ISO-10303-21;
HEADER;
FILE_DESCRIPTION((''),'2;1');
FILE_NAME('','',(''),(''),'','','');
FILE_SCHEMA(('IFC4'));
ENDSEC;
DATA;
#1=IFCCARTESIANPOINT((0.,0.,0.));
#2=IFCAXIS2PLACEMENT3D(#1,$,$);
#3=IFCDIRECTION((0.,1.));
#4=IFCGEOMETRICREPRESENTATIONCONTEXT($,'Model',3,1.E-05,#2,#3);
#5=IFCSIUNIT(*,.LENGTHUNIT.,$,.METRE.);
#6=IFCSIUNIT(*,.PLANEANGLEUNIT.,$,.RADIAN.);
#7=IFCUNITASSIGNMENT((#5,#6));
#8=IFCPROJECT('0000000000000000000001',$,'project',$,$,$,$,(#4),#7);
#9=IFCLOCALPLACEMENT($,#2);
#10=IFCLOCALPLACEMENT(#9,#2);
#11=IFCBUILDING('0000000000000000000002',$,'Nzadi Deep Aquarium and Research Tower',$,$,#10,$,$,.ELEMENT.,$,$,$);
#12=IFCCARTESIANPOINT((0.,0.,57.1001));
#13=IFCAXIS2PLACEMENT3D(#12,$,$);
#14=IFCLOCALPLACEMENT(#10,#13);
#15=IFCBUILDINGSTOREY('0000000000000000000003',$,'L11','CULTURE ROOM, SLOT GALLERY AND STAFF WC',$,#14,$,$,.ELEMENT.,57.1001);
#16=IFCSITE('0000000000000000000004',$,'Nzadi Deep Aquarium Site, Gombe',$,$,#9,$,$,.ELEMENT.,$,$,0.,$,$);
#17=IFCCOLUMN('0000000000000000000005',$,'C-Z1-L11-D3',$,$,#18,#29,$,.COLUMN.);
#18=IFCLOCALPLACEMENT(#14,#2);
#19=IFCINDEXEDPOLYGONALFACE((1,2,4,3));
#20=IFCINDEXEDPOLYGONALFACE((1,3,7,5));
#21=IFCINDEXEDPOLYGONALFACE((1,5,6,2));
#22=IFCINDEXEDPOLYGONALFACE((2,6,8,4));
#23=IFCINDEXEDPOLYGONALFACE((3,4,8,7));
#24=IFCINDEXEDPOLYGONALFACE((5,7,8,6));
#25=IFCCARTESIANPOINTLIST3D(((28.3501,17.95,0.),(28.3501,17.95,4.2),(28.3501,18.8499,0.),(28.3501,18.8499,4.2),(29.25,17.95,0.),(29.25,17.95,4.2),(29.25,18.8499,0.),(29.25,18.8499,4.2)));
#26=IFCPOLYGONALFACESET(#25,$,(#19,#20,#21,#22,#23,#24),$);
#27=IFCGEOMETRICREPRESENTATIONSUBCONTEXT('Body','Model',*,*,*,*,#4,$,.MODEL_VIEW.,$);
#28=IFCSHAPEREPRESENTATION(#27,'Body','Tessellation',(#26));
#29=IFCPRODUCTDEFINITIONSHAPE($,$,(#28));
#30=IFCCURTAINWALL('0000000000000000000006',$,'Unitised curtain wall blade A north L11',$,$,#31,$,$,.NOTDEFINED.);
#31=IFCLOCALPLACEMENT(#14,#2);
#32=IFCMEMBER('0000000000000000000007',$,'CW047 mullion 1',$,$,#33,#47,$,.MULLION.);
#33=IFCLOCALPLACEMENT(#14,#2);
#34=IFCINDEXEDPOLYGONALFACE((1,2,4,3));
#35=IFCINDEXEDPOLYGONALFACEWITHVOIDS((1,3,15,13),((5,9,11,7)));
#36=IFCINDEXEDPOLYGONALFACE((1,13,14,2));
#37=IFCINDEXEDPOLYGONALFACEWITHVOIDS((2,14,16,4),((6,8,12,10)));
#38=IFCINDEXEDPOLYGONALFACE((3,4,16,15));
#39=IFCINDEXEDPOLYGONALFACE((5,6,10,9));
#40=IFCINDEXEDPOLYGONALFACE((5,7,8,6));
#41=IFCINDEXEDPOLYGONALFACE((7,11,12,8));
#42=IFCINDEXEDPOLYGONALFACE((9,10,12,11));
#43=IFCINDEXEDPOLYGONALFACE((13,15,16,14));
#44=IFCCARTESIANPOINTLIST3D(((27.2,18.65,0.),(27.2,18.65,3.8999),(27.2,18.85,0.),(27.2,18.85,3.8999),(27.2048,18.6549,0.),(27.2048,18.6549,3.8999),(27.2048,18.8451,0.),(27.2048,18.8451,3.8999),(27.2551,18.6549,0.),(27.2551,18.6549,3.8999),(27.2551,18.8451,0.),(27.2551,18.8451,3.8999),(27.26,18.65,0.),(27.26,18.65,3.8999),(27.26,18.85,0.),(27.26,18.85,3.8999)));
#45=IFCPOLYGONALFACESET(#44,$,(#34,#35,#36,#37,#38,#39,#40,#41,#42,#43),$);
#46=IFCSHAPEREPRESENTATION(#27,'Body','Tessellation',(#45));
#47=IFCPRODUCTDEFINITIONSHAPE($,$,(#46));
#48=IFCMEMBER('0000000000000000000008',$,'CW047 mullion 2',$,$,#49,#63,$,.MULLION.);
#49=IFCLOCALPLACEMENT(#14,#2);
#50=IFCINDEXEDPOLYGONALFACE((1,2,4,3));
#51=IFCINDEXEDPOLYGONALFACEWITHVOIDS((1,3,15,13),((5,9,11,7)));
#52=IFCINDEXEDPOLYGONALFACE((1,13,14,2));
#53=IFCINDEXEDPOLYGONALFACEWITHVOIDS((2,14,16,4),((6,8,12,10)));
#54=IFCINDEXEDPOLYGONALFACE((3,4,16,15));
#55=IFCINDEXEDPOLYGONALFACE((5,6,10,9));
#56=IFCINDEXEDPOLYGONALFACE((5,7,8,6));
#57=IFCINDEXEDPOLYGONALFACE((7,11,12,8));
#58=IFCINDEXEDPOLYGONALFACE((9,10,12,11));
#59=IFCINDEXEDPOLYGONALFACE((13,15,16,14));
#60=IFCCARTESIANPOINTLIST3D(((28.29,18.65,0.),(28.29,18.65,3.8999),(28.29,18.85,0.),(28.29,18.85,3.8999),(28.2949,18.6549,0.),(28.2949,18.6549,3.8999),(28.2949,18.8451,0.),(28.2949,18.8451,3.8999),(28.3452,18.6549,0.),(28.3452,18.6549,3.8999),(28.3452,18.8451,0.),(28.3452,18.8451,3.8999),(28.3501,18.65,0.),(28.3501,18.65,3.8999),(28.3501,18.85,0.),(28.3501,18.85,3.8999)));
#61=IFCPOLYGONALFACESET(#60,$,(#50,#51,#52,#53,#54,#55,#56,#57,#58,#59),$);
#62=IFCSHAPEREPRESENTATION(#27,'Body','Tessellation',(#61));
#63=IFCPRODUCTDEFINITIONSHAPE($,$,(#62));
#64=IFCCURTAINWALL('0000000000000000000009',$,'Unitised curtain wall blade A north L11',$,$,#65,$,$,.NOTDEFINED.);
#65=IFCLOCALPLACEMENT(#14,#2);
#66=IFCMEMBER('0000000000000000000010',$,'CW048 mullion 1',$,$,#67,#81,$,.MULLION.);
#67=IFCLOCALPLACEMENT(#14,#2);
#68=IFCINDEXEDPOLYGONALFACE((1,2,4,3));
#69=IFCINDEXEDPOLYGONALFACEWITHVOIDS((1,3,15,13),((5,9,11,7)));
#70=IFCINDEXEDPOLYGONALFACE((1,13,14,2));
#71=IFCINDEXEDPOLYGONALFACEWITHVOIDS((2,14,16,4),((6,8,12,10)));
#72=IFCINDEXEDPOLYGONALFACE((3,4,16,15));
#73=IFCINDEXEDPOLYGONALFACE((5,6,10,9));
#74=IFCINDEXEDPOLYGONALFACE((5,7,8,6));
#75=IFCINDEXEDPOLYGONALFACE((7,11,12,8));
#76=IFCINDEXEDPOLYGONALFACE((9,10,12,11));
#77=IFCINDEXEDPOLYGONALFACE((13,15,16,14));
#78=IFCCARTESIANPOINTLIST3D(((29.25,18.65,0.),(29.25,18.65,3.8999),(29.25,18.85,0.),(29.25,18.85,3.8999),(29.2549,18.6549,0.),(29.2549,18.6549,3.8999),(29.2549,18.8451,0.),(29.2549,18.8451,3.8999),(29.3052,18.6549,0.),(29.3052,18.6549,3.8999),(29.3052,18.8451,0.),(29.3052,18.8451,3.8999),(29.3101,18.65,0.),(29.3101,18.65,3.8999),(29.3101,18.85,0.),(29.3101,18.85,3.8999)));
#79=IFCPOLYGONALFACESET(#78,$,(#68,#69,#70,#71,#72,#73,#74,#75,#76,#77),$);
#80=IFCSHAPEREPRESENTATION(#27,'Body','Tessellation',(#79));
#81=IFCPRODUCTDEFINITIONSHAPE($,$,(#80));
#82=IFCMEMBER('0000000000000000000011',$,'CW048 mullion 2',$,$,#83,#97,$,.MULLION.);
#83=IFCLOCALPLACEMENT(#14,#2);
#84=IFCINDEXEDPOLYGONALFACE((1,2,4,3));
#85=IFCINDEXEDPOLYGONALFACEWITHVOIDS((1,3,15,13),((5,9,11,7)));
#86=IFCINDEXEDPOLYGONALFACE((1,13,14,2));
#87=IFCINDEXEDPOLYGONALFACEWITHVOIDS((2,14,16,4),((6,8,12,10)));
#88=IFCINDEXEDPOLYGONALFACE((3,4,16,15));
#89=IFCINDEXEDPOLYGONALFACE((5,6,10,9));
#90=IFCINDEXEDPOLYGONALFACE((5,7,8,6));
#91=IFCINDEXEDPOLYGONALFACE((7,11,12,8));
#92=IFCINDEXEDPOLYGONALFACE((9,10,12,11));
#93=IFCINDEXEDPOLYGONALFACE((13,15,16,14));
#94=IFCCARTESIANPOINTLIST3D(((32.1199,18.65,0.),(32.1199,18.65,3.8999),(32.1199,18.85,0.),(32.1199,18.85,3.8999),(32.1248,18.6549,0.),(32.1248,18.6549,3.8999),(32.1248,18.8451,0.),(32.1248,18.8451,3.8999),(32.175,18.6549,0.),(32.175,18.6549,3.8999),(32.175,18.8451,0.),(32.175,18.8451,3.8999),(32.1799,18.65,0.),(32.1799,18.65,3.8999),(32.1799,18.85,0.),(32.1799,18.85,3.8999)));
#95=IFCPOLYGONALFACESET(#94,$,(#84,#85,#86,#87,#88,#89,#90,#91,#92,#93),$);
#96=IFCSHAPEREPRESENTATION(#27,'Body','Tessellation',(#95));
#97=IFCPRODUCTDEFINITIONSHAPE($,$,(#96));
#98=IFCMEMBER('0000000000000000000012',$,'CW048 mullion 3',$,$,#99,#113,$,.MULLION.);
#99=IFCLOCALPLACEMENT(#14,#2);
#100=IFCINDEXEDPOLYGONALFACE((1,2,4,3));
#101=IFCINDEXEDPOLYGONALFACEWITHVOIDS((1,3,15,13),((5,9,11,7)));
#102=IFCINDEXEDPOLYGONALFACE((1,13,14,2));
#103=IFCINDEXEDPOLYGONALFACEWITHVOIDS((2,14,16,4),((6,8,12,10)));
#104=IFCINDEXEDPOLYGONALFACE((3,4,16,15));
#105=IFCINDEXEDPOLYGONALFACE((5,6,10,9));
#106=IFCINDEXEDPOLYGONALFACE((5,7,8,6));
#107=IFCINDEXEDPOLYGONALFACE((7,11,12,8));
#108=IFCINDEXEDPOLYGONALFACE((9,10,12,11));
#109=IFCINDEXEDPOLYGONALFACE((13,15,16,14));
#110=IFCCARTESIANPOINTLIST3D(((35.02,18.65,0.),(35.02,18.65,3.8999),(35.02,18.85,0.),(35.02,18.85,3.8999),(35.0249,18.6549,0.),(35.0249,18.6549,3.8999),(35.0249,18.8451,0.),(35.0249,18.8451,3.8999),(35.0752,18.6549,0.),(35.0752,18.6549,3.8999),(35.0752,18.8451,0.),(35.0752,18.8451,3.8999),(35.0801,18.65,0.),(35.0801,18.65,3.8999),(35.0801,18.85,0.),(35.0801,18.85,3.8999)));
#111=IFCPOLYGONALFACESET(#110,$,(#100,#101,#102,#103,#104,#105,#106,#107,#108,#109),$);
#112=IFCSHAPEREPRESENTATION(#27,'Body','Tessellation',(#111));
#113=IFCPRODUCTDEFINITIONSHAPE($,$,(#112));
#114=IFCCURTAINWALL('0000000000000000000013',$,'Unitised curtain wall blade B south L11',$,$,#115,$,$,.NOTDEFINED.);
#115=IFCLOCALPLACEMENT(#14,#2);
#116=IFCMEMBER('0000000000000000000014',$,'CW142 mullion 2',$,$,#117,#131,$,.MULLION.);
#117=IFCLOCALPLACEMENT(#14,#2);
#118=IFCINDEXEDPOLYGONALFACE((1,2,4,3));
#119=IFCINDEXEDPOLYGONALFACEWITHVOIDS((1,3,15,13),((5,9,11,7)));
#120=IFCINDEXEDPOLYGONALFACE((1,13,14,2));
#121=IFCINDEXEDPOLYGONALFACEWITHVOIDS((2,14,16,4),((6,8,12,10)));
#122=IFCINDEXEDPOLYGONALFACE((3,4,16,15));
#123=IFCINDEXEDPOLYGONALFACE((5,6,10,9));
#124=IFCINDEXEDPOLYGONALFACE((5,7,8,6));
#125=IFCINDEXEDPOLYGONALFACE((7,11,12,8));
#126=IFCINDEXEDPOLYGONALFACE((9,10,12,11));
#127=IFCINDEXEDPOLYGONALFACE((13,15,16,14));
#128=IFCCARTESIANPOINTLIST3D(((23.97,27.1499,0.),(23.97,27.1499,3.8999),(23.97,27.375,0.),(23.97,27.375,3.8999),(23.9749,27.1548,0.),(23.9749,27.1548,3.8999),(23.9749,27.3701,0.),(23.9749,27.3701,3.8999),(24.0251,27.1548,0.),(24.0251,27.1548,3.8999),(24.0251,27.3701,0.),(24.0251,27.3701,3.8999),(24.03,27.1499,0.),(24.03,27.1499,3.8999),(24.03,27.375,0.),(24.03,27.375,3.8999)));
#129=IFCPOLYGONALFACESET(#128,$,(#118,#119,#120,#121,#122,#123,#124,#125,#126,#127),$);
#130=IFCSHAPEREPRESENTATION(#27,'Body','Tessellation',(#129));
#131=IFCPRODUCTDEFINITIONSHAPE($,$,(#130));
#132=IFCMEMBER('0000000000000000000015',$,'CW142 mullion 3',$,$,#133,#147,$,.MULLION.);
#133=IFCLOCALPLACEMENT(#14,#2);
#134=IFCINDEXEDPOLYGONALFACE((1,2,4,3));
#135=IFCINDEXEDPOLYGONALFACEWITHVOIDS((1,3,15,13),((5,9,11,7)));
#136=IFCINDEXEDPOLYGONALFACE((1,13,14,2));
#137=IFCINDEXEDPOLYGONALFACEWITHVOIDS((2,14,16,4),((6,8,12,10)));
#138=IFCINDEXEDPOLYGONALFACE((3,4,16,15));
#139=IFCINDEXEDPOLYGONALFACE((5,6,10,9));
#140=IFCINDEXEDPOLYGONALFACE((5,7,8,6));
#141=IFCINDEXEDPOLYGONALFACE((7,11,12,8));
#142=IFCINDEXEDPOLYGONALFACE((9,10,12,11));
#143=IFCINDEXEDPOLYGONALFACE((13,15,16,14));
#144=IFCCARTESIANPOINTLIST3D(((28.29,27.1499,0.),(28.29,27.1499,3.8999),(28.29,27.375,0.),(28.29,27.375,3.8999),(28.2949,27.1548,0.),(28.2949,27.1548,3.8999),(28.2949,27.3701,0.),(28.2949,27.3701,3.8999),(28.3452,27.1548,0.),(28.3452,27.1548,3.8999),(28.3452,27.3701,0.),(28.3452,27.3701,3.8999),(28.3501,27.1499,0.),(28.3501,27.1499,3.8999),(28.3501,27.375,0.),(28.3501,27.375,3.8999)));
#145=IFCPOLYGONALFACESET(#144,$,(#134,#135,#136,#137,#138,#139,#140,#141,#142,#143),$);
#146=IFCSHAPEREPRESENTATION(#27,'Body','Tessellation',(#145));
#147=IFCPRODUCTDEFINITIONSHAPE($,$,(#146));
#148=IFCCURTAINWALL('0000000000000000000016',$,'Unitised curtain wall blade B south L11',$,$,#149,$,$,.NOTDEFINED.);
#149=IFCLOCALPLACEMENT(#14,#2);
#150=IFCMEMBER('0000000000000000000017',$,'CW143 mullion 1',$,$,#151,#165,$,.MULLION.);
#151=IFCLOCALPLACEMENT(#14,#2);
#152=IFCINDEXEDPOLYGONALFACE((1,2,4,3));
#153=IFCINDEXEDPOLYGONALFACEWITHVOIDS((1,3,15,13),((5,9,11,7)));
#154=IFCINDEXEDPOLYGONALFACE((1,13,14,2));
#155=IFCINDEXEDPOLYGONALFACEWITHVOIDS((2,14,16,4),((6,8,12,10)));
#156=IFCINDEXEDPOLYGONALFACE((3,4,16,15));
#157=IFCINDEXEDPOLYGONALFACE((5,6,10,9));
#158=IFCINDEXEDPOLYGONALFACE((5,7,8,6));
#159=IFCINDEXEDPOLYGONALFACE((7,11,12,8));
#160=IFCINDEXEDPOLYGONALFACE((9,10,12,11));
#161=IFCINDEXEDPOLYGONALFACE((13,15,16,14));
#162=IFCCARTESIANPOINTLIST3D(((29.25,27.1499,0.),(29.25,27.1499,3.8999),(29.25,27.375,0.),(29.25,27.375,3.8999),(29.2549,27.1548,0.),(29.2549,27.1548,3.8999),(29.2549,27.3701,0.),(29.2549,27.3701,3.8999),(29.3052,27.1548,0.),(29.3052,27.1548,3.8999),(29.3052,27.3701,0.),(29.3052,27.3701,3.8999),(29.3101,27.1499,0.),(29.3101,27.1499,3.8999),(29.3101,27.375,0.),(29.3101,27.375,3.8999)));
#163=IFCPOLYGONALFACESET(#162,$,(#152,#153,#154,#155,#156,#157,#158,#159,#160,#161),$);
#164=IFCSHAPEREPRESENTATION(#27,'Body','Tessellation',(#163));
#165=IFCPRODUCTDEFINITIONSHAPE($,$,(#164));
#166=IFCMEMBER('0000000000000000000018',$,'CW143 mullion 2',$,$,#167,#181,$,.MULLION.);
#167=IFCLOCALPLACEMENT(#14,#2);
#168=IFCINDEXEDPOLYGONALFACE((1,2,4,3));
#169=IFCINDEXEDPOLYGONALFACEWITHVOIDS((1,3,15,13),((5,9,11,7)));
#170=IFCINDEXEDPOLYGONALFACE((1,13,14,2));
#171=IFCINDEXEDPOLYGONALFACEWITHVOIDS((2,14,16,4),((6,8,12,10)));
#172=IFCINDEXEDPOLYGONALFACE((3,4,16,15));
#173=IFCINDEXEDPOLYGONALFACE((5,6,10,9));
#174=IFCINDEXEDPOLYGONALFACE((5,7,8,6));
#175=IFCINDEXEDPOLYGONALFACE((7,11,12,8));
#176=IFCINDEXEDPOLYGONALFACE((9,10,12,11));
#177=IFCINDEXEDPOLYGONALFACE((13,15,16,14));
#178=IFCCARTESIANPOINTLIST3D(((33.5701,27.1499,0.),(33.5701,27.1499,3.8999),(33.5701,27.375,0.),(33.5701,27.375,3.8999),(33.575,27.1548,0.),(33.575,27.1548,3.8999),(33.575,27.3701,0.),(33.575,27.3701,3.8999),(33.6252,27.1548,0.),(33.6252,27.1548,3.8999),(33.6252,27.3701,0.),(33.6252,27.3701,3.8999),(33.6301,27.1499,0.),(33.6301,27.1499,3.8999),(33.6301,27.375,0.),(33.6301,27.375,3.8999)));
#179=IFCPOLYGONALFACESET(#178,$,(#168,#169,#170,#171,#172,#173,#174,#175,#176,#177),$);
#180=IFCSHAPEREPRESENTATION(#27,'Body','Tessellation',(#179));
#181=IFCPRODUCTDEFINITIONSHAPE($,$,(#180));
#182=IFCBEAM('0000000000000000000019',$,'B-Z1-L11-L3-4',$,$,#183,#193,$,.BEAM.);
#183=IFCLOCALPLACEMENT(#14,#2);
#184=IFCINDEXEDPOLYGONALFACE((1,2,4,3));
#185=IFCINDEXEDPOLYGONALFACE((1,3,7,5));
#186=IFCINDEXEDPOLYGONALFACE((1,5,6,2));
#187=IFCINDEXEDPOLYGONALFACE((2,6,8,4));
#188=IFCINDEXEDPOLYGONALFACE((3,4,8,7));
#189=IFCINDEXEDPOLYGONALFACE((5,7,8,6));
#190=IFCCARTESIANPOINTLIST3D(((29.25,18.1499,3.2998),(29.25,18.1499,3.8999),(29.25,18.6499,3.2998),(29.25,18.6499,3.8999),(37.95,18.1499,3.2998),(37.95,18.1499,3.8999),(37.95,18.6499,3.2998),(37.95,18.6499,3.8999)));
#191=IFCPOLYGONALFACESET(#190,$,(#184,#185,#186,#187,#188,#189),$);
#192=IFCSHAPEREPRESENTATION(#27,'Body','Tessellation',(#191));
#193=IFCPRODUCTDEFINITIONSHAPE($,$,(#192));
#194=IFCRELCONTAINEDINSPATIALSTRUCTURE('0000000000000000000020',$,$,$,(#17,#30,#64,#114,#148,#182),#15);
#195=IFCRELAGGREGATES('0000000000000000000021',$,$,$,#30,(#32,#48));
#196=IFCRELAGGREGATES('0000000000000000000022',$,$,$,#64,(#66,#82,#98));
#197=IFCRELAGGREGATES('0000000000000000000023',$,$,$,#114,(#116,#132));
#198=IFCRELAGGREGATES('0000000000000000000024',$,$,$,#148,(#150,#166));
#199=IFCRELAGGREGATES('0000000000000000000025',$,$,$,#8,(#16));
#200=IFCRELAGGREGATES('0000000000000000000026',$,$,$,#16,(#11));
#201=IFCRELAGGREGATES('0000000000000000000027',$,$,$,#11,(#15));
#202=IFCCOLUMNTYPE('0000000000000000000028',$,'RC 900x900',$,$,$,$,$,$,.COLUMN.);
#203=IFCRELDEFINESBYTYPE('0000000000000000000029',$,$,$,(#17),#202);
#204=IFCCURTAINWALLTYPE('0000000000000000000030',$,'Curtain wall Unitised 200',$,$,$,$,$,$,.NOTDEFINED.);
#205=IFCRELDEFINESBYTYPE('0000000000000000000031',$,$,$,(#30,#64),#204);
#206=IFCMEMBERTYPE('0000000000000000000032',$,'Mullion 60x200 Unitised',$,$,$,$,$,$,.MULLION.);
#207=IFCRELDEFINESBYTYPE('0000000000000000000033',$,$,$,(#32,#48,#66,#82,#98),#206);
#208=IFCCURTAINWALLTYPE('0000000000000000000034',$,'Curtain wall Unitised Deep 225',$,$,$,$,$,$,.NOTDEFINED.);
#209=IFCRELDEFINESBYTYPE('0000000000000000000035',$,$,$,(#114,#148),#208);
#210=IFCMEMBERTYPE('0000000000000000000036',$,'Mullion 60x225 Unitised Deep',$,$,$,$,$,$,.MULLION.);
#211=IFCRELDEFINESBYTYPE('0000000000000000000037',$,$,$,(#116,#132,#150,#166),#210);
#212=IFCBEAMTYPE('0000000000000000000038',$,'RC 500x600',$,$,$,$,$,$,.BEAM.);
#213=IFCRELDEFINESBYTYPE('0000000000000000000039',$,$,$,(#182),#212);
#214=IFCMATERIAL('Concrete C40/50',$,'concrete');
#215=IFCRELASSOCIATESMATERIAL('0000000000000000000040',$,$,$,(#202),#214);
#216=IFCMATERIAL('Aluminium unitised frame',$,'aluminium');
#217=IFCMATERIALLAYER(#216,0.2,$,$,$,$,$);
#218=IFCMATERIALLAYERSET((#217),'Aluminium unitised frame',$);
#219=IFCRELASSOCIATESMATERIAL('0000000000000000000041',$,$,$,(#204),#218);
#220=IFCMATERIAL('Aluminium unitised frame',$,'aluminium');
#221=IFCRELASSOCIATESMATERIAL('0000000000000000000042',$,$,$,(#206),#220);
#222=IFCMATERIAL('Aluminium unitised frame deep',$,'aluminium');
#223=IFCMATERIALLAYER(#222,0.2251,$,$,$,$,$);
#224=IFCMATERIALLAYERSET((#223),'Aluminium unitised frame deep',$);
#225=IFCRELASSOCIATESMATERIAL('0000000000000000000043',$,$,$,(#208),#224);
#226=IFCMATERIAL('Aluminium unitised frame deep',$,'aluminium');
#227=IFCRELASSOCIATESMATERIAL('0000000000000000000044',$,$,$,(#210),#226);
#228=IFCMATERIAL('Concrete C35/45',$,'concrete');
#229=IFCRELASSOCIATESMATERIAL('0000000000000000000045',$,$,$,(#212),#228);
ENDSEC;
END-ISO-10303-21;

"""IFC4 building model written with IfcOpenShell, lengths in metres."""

from ifc_helpers import new_model, si_unit, direction, frame, origin, origin_2d, place, context, subcontext, project, spatial, rectangle, hollow_rectangle, extrude, material, layer, layer_set, material_profile, profile_set, type_object, element, aggregate, save


model = new_model("IFC4")

# Units and contexts
model_context = context("Model", 3, precision=1e-05, world=origin(), true_north=direction((0.0, 1.0)))
body_context = subcontext(model_context, "Body", "Model", "MODEL_VIEW")
ifc_project = project(units=[si_unit("LENGTHUNIT", "METRE"), si_unit("PLANEANGLEUNIT", "RADIAN")], contexts=[model_context])

# Site, building, storey
site_placement = place(None, origin())
site = spatial("IfcSite", under=ifc_project, at=site_placement, Name="Nzadi Deep Aquarium Site, Gombe", CompositionType="ELEMENT", RefElevation=0.0)
building_placement = place(site_placement, origin())
building = spatial("IfcBuilding", under=site, at=building_placement, Name="Nzadi Deep Aquarium and Research Tower", CompositionType="ELEMENT")
storey_placement = place(building_placement, frame((0.0, 0.0, 57.1001)))
storey = spatial("IfcBuildingStorey", under=building, at=storey_placement, Name="L11", Description="CULTURE ROOM, SLOT GALLERY AND STAFF WC", CompositionType="ELEMENT", Elevation=57.1001)

# Column
ifc_material_1 = material(Name="Concrete C40/50", Category="concrete")
ifc_material_profile_1 = material_profile(ifc_material_1, rectangle(XDim=0.8999, YDim=0.8999, at=origin_2d()))
ifc_profile_set_1 = profile_set([ifc_material_profile_1], Name="Concrete C40/50")
column_type = type_object("IfcColumnType", Name="RC 900x900", PredefinedType="COLUMN", material=ifc_profile_set_1)
column_placement = place(storey_placement, frame((28.8, 18.3999, 0.0), z_axis=(0.0, 0.0, 1.0), x_axis=(1.0, 0.0, 0.0)))
element("IfcColumn", 1, at=column_placement, inside=storey, type_object=column_type, Name="C-Z1-L11-D3", PredefinedType="COLUMN", context=body_context, shape_type="SweptSolid", body=[
    extrude(rectangle(XDim=0.8999, YDim=0.8999, at=origin_2d()), origin(), (0.0, 0.0, 1.0), 4.2),
])

# Curtain walls, members
ifc_material_2 = material(Name="Aluminium unitised frame", Category="aluminium")
ifc_layer_1 = layer(ifc_material_2, 0.2)
ifc_layer_set_1 = layer_set([ifc_layer_1], Name="Aluminium unitised frame")
curtain_wall_type_1 = type_object("IfcCurtainWallType", Name="Curtain wall Unitised 200", PredefinedType="NOTDEFINED", material=ifc_layer_set_1)
curtain_wall_1_placement = place(storey_placement, origin())
curtain_wall_1 = element("IfcCurtainWall", 2, at=curtain_wall_1_placement, inside=storey, type_object=curtain_wall_type_1, Name="Unitised curtain wall blade A north L11", PredefinedType="NOTDEFINED")
ifc_material_3 = material(Name="Aluminium unitised frame", Category="aluminium")
ifc_material_profile_2 = material_profile(ifc_material_3, hollow_rectangle(XDim=0.2, YDim=0.0601, WallThickness=0.0049, at=origin_2d()))
ifc_profile_set_2 = profile_set([ifc_material_profile_2], Name="Aluminium unitised frame")
member_type_1 = type_object("IfcMemberType", Name="Mullion 60x200 Unitised", PredefinedType="MULLION", material=ifc_profile_set_2)
member_1_placement = place(storey_placement, frame((27.23, 18.75, 0.0), z_axis=(0.0, 0.0, 1.0), x_axis=(0.0, 1.0, 0.0)))
member_1 = element("IfcMember", 3, at=member_1_placement, type_object=member_type_1, Name="CW047 mullion 1", PredefinedType="MULLION", context=body_context, shape_type="SweptSolid", body=[
    extrude(hollow_rectangle(XDim=0.2, YDim=0.0601, WallThickness=0.0049, at=origin_2d()), origin(), (0.0, 0.0, 1.0), 3.8999),
])
member_2_placement = place(storey_placement, frame((28.3201, 18.75, 0.0), z_axis=(0.0, 0.0, 1.0), x_axis=(0.0, 1.0, 0.0)))
member_2 = element("IfcMember", 4, at=member_2_placement, type_object=member_type_1, Name="CW047 mullion 2", PredefinedType="MULLION", context=body_context, shape_type="SweptSolid", body=[
    extrude(hollow_rectangle(XDim=0.2, YDim=0.0601, WallThickness=0.0049, at=origin_2d()), origin(), (0.0, 0.0, 1.0), 3.8999),
])
curtain_wall_2_placement = place(storey_placement, origin())
curtain_wall_2 = element("IfcCurtainWall", 5, at=curtain_wall_2_placement, inside=storey, type_object=curtain_wall_type_1, Name="Unitised curtain wall blade A north L11", PredefinedType="NOTDEFINED")
member_3_placement = place(storey_placement, frame((29.28, 18.75, 0.0), z_axis=(0.0, 0.0, 1.0), x_axis=(0.0, 1.0, 0.0)))
member_3 = element("IfcMember", 6, at=member_3_placement, type_object=member_type_1, Name="CW048 mullion 1", PredefinedType="MULLION", context=body_context, shape_type="SweptSolid", body=[
    extrude(hollow_rectangle(XDim=0.2, YDim=0.0601, WallThickness=0.0049, at=origin_2d()), origin(), (0.0, 0.0, 1.0), 3.8999),
])
member_4_placement = place(storey_placement, frame((32.1499, 18.75, 0.0), z_axis=(0.0, 0.0, 1.0), x_axis=(0.0, 1.0, 0.0)))
member_4 = element("IfcMember", 7, at=member_4_placement, type_object=member_type_1, Name="CW048 mullion 2", PredefinedType="MULLION", context=body_context, shape_type="SweptSolid", body=[
    extrude(hollow_rectangle(XDim=0.2, YDim=0.0601, WallThickness=0.0049, at=origin_2d()), origin(), (0.0, 0.0, 1.0), 3.8999),
])
member_5_placement = place(storey_placement, frame((35.05, 18.75, 0.0), z_axis=(0.0, 0.0, 1.0), x_axis=(0.0, 1.0, 0.0)))
member_5 = element("IfcMember", 8, at=member_5_placement, type_object=member_type_1, Name="CW048 mullion 3", PredefinedType="MULLION", context=body_context, shape_type="SweptSolid", body=[
    extrude(hollow_rectangle(XDim=0.2, YDim=0.0601, WallThickness=0.0049, at=origin_2d()), origin(), (0.0, 0.0, 1.0), 3.8999),
])
ifc_material_4 = material(Name="Aluminium unitised frame deep", Category="aluminium")
ifc_layer_2 = layer(ifc_material_4, 0.2251)
ifc_layer_set_2 = layer_set([ifc_layer_2], Name="Aluminium unitised frame deep")
curtain_wall_type_2 = type_object("IfcCurtainWallType", Name="Curtain wall Unitised Deep 225", PredefinedType="NOTDEFINED", material=ifc_layer_set_2)
curtain_wall_3_placement = place(storey_placement, origin())
curtain_wall_3 = element("IfcCurtainWall", 9, at=curtain_wall_3_placement, inside=storey, type_object=curtain_wall_type_2, Name="Unitised curtain wall blade B south L11", PredefinedType="NOTDEFINED")
ifc_material_5 = material(Name="Aluminium unitised frame deep", Category="aluminium")
ifc_material_profile_3 = material_profile(ifc_material_5, hollow_rectangle(XDim=0.2251, YDim=0.0601, WallThickness=0.0049, at=origin_2d()))
ifc_profile_set_3 = profile_set([ifc_material_profile_3], Name="Aluminium unitised frame deep")
member_type_2 = type_object("IfcMemberType", Name="Mullion 60x225 Unitised Deep", PredefinedType="MULLION", material=ifc_profile_set_3)
member_6_placement = place(storey_placement, frame((24.0, 27.2625, 0.0), z_axis=(0.0, 0.0, 1.0), x_axis=(0.0, 1.0, 0.0)))
member_6 = element("IfcMember", 10, at=member_6_placement, type_object=member_type_2, Name="CW142 mullion 2", PredefinedType="MULLION", context=body_context, shape_type="SweptSolid", body=[
    extrude(hollow_rectangle(XDim=0.2251, YDim=0.0601, WallThickness=0.0049, at=origin_2d()), origin(), (0.0, 0.0, 1.0), 3.8999),
])
member_7_placement = place(storey_placement, frame((28.3201, 27.2625, 0.0), z_axis=(0.0, 0.0, 1.0), x_axis=(0.0, 1.0, 0.0)))
member_7 = element("IfcMember", 11, at=member_7_placement, type_object=member_type_2, Name="CW142 mullion 3", PredefinedType="MULLION", context=body_context, shape_type="SweptSolid", body=[
    extrude(hollow_rectangle(XDim=0.2251, YDim=0.0601, WallThickness=0.0049, at=origin_2d()), origin(), (0.0, 0.0, 1.0), 3.8999),
])
curtain_wall_4_placement = place(storey_placement, origin())
curtain_wall_4 = element("IfcCurtainWall", 12, at=curtain_wall_4_placement, inside=storey, type_object=curtain_wall_type_2, Name="Unitised curtain wall blade B south L11", PredefinedType="NOTDEFINED")
member_8_placement = place(storey_placement, frame((29.28, 27.2625, 0.0), z_axis=(0.0, 0.0, 1.0), x_axis=(0.0, 1.0, 0.0)))
member_8 = element("IfcMember", 13, at=member_8_placement, type_object=member_type_2, Name="CW143 mullion 1", PredefinedType="MULLION", context=body_context, shape_type="SweptSolid", body=[
    extrude(hollow_rectangle(XDim=0.2251, YDim=0.0601, WallThickness=0.0049, at=origin_2d()), origin(), (0.0, 0.0, 1.0), 3.8999),
])
member_9_placement = place(storey_placement, frame((33.6001, 27.2625, 0.0), z_axis=(0.0, 0.0, 1.0), x_axis=(0.0, 1.0, 0.0)))
member_9 = element("IfcMember", 14, at=member_9_placement, type_object=member_type_2, Name="CW143 mullion 2", PredefinedType="MULLION", context=body_context, shape_type="SweptSolid", body=[
    extrude(hollow_rectangle(XDim=0.2251, YDim=0.0601, WallThickness=0.0049, at=origin_2d()), origin(), (0.0, 0.0, 1.0), 3.8999),
])

# Beam
ifc_material_6 = material(Name="Concrete C35/45", Category="concrete")
ifc_material_profile_4 = material_profile(ifc_material_6, rectangle(XDim=0.5, YDim=0.6001, at=origin_2d()))
ifc_profile_set_4 = profile_set([ifc_material_profile_4], Name="Concrete C35/45")
beam_type = type_object("IfcBeamType", Name="RC 500x600", PredefinedType="BEAM", material=ifc_profile_set_4)
beam_placement = place(storey_placement, frame((29.25, 18.3999, 3.5999), z_axis=(1.0, 0.0, 0.0), x_axis=(0.0, 1.0, 0.0)))
element("IfcBeam", 15, at=beam_placement, inside=storey, type_object=beam_type, Name="B-Z1-L11-L3-4", PredefinedType="BEAM", context=body_context, shape_type="SweptSolid", body=[
    extrude(rectangle(XDim=0.5, YDim=0.6001, at=origin_2d()), origin(), (0.0, 0.0, 1.0), 8.7),
])

aggregate(curtain_wall_1, [member_1, member_2])
aggregate(curtain_wall_2, [member_3, member_4, member_5])
aggregate(curtain_wall_3, [member_6, member_7])
aggregate(curtain_wall_4, [member_8, member_9])

save(model, "model.ifc")
